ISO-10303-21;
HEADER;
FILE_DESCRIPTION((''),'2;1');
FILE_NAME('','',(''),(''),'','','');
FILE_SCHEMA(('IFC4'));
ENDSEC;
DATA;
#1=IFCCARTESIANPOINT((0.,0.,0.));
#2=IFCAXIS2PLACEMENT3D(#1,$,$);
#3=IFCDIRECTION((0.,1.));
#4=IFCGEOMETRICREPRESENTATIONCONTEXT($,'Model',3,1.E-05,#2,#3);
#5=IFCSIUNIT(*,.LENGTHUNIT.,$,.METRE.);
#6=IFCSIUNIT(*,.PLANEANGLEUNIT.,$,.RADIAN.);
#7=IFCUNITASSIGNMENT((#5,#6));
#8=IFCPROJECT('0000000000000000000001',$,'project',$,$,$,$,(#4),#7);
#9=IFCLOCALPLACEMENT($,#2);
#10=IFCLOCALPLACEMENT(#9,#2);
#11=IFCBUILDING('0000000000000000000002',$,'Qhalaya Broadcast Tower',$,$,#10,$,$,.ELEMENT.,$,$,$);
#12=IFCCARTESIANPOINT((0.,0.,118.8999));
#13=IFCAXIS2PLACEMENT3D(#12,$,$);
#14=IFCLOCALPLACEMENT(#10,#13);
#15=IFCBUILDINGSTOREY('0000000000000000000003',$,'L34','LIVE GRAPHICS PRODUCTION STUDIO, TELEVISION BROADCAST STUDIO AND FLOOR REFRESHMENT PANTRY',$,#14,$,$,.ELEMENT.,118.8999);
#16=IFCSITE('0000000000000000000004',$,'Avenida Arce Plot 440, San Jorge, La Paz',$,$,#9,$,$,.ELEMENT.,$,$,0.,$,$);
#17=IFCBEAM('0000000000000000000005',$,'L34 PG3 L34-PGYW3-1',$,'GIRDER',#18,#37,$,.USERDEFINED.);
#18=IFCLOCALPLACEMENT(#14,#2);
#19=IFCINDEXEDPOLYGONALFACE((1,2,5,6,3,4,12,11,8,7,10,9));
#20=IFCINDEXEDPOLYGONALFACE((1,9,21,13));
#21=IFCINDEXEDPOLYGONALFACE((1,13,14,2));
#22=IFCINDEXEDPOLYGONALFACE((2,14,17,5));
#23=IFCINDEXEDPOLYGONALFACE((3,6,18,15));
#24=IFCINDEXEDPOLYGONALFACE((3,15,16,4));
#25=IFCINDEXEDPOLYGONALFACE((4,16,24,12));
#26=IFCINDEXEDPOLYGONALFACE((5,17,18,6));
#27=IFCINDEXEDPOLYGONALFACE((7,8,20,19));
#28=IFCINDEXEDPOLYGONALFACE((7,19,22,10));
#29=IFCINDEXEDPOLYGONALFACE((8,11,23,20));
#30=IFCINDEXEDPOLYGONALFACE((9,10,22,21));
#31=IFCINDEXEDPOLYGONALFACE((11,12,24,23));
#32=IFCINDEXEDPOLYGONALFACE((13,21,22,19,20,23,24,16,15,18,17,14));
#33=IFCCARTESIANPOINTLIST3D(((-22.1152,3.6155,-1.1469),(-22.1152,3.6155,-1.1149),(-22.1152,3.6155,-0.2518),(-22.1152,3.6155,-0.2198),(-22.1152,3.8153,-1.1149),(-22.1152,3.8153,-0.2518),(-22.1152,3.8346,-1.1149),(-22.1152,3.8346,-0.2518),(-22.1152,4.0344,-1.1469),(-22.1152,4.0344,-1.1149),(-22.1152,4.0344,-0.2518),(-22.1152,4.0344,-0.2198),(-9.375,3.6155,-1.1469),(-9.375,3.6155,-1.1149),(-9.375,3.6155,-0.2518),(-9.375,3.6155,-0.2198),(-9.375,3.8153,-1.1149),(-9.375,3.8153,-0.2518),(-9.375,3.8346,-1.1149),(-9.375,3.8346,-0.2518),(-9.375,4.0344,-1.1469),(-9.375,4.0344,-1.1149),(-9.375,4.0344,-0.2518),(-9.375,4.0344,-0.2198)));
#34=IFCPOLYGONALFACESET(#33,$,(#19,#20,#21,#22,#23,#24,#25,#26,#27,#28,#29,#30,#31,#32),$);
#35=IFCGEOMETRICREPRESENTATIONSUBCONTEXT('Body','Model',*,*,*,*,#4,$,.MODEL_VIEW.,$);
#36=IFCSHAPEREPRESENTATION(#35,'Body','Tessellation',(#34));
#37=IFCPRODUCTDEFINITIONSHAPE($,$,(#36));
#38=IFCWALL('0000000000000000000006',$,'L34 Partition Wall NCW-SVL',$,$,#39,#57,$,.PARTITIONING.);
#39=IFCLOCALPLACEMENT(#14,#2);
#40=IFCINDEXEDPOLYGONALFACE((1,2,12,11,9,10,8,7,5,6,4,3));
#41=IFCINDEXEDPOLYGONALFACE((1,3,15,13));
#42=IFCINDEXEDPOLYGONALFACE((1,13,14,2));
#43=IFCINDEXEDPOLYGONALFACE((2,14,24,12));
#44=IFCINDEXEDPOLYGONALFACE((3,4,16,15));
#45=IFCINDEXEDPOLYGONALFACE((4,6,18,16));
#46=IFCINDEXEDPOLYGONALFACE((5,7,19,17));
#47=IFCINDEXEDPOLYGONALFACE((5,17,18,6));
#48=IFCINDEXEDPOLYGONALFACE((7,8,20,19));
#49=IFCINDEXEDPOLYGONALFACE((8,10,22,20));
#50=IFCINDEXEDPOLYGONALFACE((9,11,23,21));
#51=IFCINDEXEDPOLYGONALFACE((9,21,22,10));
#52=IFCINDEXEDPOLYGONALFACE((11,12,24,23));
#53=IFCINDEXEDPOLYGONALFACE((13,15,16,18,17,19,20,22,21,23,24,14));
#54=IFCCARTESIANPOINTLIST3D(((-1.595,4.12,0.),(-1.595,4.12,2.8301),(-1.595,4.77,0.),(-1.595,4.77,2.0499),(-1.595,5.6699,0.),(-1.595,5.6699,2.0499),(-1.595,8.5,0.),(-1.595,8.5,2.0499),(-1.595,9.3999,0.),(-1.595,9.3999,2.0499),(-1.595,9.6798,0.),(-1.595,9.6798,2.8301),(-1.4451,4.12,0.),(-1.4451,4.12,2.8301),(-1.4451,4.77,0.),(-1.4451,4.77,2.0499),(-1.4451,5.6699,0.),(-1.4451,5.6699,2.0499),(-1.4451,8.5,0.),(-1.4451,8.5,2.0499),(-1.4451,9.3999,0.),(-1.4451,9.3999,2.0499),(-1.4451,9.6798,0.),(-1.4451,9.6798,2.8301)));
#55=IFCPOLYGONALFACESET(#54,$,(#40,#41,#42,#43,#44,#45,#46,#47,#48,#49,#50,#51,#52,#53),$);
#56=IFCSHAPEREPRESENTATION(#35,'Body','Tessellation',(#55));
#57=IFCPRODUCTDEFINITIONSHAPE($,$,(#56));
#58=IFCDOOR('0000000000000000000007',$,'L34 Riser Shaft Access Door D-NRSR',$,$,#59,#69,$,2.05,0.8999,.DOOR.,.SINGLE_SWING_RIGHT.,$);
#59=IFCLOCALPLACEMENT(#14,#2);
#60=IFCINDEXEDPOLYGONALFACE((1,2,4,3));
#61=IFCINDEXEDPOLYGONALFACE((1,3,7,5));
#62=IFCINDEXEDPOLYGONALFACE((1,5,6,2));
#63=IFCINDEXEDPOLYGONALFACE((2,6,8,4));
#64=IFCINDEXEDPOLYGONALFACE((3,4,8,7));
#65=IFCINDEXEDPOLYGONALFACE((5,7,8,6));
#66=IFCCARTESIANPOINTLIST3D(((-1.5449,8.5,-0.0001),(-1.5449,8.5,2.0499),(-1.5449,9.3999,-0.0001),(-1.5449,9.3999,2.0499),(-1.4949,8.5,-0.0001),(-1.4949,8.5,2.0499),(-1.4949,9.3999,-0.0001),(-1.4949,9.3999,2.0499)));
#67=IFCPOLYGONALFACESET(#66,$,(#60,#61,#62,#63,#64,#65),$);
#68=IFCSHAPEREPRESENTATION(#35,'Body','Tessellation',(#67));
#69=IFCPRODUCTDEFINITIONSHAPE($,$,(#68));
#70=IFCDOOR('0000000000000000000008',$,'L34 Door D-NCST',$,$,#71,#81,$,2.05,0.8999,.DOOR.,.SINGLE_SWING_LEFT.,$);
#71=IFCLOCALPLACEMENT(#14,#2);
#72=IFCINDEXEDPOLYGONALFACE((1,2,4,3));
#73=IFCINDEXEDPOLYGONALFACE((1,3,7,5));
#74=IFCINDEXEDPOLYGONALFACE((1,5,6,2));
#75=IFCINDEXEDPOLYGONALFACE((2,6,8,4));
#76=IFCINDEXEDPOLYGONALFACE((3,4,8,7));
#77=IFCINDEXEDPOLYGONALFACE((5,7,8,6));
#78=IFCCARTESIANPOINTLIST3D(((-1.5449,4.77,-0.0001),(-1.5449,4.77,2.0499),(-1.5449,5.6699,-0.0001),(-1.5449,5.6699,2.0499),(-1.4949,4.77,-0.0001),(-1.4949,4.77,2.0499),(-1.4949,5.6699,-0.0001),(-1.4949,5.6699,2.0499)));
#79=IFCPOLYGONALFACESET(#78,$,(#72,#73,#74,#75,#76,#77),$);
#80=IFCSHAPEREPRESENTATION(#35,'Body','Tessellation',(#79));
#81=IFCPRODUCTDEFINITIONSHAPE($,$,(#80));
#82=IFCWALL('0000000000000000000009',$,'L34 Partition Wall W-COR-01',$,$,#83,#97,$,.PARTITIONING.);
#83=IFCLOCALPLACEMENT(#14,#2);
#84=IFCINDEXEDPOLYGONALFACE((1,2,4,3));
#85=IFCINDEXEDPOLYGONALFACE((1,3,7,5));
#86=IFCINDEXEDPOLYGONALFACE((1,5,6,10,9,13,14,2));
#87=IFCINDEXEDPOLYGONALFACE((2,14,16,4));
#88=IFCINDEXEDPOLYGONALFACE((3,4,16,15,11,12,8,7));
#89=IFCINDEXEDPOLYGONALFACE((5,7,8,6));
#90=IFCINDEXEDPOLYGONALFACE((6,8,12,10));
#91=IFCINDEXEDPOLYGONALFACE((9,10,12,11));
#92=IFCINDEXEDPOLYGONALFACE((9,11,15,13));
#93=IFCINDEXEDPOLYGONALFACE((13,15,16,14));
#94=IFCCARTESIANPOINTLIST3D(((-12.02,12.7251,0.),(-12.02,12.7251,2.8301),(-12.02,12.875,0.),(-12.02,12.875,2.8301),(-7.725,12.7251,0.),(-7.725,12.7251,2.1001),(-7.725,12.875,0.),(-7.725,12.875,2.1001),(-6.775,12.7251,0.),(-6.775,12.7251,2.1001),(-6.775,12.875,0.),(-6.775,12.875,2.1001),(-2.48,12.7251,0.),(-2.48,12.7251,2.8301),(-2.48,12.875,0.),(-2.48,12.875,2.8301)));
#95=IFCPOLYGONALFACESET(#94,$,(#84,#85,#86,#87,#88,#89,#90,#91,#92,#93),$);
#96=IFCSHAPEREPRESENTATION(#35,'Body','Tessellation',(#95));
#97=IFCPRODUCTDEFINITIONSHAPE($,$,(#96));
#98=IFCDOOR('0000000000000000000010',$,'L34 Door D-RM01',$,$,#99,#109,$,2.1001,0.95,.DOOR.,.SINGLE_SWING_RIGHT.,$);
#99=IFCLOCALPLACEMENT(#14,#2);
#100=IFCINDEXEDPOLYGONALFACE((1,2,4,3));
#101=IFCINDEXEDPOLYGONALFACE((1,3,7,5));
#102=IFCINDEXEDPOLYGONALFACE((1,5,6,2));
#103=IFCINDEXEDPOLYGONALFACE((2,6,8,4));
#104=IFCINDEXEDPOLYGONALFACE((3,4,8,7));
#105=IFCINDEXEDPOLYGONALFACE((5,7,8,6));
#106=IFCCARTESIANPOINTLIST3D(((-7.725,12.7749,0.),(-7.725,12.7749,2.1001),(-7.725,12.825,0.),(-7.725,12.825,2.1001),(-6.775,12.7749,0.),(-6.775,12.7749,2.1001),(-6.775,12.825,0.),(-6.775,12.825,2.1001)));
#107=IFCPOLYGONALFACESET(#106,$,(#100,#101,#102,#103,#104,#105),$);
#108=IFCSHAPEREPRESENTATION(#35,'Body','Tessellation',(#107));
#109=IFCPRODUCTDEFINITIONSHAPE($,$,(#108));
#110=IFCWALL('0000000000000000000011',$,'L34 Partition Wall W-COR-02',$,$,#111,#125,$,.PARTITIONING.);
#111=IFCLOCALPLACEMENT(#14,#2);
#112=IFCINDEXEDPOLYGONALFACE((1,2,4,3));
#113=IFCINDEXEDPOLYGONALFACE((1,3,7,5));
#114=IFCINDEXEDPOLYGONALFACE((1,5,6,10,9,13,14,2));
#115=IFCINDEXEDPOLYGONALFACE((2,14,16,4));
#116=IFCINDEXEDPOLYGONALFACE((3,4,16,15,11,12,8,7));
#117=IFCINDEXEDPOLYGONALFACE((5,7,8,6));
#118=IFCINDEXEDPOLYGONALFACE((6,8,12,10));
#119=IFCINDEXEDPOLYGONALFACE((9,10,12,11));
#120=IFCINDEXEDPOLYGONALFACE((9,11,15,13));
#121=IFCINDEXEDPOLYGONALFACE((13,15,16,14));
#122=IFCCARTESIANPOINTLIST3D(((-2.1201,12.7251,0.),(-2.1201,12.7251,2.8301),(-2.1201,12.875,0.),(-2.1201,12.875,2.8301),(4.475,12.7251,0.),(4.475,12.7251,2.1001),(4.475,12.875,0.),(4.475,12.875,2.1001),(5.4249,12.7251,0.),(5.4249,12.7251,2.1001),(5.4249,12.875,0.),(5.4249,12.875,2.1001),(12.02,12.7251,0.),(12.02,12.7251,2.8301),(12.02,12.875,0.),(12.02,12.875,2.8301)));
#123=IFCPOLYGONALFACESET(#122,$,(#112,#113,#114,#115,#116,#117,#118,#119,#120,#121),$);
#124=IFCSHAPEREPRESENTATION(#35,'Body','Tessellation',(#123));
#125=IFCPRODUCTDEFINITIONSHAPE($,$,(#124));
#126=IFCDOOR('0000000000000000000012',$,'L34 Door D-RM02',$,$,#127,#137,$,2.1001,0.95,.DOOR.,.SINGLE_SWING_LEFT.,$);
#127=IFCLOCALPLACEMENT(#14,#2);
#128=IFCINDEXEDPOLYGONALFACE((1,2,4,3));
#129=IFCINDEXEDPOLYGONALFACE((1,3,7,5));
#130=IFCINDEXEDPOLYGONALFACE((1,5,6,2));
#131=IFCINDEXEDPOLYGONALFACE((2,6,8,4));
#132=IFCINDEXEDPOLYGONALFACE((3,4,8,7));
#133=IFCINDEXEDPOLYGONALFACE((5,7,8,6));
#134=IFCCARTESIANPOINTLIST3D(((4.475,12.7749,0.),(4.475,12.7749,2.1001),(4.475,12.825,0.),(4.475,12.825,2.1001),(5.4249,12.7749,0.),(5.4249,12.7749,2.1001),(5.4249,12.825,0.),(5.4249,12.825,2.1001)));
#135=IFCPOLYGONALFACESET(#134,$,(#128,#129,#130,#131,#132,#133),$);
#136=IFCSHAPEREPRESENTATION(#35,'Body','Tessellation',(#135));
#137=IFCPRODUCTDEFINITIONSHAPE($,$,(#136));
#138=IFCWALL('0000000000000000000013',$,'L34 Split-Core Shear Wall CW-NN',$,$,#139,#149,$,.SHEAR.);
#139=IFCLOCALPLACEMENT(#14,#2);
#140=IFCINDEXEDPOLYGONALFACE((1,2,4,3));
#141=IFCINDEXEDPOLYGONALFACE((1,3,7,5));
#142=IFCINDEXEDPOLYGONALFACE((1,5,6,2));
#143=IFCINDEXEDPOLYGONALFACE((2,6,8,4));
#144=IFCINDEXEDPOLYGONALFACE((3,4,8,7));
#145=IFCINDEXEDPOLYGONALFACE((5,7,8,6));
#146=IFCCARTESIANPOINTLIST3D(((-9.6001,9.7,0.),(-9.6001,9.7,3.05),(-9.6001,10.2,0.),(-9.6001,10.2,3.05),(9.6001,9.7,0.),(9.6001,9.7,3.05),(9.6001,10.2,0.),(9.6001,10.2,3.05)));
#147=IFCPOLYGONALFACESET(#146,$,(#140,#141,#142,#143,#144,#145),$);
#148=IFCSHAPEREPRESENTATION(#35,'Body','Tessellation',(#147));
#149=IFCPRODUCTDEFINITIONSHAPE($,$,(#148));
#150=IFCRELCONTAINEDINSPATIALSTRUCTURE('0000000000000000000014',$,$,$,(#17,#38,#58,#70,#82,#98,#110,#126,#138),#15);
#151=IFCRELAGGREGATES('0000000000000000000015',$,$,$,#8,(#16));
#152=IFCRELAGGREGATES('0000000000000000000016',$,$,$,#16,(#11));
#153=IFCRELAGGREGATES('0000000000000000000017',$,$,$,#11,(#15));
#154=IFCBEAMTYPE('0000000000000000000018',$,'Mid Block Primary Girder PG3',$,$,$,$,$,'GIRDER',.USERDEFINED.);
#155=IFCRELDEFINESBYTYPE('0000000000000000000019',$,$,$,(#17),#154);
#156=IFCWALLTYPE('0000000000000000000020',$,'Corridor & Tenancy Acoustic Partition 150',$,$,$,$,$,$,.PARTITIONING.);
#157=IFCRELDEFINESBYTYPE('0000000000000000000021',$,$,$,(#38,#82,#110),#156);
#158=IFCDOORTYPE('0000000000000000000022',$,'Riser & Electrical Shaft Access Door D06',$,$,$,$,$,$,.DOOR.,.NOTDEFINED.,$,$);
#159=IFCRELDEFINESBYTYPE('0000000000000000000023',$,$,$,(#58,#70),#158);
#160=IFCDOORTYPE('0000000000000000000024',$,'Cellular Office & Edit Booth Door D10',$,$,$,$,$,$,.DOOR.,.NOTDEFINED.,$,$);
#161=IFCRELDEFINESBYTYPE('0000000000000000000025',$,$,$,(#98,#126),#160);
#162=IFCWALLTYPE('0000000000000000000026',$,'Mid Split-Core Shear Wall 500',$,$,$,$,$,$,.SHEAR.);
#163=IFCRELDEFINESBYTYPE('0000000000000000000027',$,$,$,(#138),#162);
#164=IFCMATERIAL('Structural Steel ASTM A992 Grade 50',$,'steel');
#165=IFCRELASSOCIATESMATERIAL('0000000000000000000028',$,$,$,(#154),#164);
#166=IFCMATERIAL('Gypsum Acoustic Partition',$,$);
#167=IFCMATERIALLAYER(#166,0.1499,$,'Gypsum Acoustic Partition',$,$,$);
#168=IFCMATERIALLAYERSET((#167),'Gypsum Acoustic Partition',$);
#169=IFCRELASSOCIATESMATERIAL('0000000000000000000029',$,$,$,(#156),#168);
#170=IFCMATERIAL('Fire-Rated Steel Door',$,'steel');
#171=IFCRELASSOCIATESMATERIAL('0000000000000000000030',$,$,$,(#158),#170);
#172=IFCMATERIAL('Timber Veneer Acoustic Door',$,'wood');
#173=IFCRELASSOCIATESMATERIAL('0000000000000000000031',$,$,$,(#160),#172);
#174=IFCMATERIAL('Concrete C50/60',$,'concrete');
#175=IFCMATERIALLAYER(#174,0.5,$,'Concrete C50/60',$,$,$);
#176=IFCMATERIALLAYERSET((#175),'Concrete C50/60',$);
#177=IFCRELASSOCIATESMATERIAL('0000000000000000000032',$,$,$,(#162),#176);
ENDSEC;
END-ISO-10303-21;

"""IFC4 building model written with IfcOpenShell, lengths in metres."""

from ifc_helpers import new_model, si_unit, direction, frame, frame_2d, origin, origin_2d, place, context, subcontext, project, spatial, rectangle, i_section, extrude, material, layer, layer_set, material_profile, profile_set, type_object, element, fill, save


model = new_model("IFC4")

# Units and contexts
model_context = context("Model", 3, precision=1e-05, world=origin(), true_north=direction((0.0, 1.0)))
body_context = subcontext(model_context, "Body", "Model", "MODEL_VIEW")
ifc_project = project(units=[si_unit("LENGTHUNIT", "METRE"), si_unit("PLANEANGLEUNIT", "RADIAN")], contexts=[model_context])

# Site, building, storey
site_placement = place(None, origin())
site = spatial("IfcSite", under=ifc_project, at=site_placement, Name="Avenida Arce Plot 440, San Jorge, La Paz", CompositionType="ELEMENT", RefElevation=0.0)
building_placement = place(site_placement, origin())
building = spatial("IfcBuilding", under=site, at=building_placement, Name="Qhalaya Broadcast Tower", CompositionType="ELEMENT")
storey_placement = place(building_placement, frame((0.0, 0.0, 118.8999)))
storey = spatial("IfcBuildingStorey", under=building, at=storey_placement, Name="L34", Description="LIVE GRAPHICS PRODUCTION STUDIO, TELEVISION BROADCAST STUDIO AND FLOOR REFRESHMENT PANTRY", CompositionType="ELEMENT", Elevation=118.8999)

# Shared definitions
ifc_material_1 = material(Name="Concrete C50/60", Category="concrete")

# Beam
ifc_material_2 = material(Name="Structural Steel ASTM A992 Grade 50", Category="steel")
ifc_material_profile_1 = material_profile(ifc_material_2, i_section(OverallWidth=0.4189, OverallDepth=0.927, WebThickness=0.0193, FlangeThickness=0.032, at=origin_2d()), Name="W36X231")
ifc_profile_set_1 = profile_set([ifc_material_profile_1], Name="Structural Steel ASTM A992 Grade 50")
beam_type_1 = type_object("IfcBeamType", Name="Mid Block Primary Girder PG3", ElementType="GIRDER", PredefinedType="USERDEFINED", material=ifc_profile_set_1)
beam_1_placement = place(storey_placement, frame((-22.1152, 3.825, -0.6833), z_axis=(1.0, 0.0, 0.0), x_axis=(0.0, 1.0, 0.0)))
element("IfcBeam", 1, at=beam_1_placement, inside=storey, type_object=beam_type_1, Name="L34 PG3 L34-PGYW3-1", ObjectType="GIRDER", PredefinedType="USERDEFINED", context=body_context, shape_type="SweptSolid", body=[
    extrude(i_section(OverallWidth=0.4189, OverallDepth=0.927, WebThickness=0.0193, FlangeThickness=0.032, at=origin_2d()), origin(), (0.0, 0.0, 1.0), 12.7402),
])

# Wall, openings, doors
ifc_material_3 = material(Name="Gypsum Acoustic Partition")
ifc_layer_1 = layer(ifc_material_3, 0.1499, Name="Gypsum Acoustic Partition")
ifc_layer_set_1 = layer_set([ifc_layer_1], Name="Gypsum Acoustic Partition")
wall_type_1 = type_object("IfcWallType", Name="Corridor & Tenancy Acoustic Partition 150", PredefinedType="PARTITIONING", material=ifc_layer_set_1)
wall_1_placement = place(storey_placement, frame((-1.52, 4.1201, 0.0), z_axis=(0.0, 0.0, 1.0), x_axis=(0.0, 1.0, 0.0)))
wall_1 = element("IfcWall", 2, at=wall_1_placement, inside=storey, type_object=wall_type_1, Name="L34 Partition Wall NCW-SVL", PredefinedType="PARTITIONING", context=body_context, shape_type="SweptSolid", body=[
    extrude(rectangle(XDim=5.5598, YDim=0.1499, at=frame_2d((2.7798, 0.0))), origin(), (0.0, 0.0, 1.0), 2.8301),
])
opening_1_placement = place(wall_1_placement, frame((4.3799, 0.0, 0.0)))
opening_1 = element("IfcOpeningElement", 3, at=opening_1_placement, cuts=wall_1, PredefinedType="OPENING", context=body_context, shape_type="SweptSolid", body=[
    extrude(rectangle(XDim=0.8999, YDim=2.05, at=frame_2d((0.45, 1.0249))), frame((0.0, 0.0869, 0.0), z_axis=(0.0, -1.0, 0.0), x_axis=(1.0, 0.0, 0.0)), (0.0, 0.0, 1.0), 0.1738),
])
opening_2_placement = place(wall_1_placement, frame((0.6499, 0.0, 0.0)))
opening_2 = element("IfcOpeningElement", 4, at=opening_2_placement, cuts=wall_1, PredefinedType="OPENING", context=body_context, shape_type="SweptSolid", body=[
    extrude(rectangle(XDim=0.8999, YDim=2.05, at=frame_2d((0.45, 1.0249))), frame((0.0, 0.0869, 0.0), z_axis=(0.0, -1.0, 0.0), x_axis=(1.0, 0.0, 0.0)), (0.0, 0.0, 1.0), 0.1738),
])
ifc_material_4 = material(Name="Fire-Rated Steel Door", Category="steel")
door_type_1 = type_object("IfcDoorType", Name="Riser & Electrical Shaft Access Door D06", OperationType="NOTDEFINED", PredefinedType="DOOR", material=ifc_material_4)
door_1_placement = place(opening_1_placement, origin())
door_1 = element("IfcDoor", 5, at=door_1_placement, inside=storey, type_object=door_type_1, Name="L34 Riser Shaft Access Door D-NRSR", OperationType="SINGLE_SWING_RIGHT", OverallHeight=2.05, OverallWidth=0.8999, PredefinedType="DOOR", context=body_context, shape_type="SweptSolid", body=[
    extrude(rectangle(XDim=0.8999, YDim=2.05, at=frame_2d((0.45, 1.0249))), frame((0.0, 0.0249, 0.0), z_axis=(0.0, -1.0, 0.0), x_axis=(1.0, 0.0, 0.0)), (0.0, 0.0, 1.0), 0.05),
])
fill(opening_1, door_1)
door_2_placement = place(opening_2_placement, origin())
door_2 = element("IfcDoor", 6, at=door_2_placement, inside=storey, type_object=door_type_1, Name="L34 Door D-NCST", OperationType="SINGLE_SWING_LEFT", OverallHeight=2.05, OverallWidth=0.8999, PredefinedType="DOOR", context=body_context, shape_type="SweptSolid", body=[
    extrude(rectangle(XDim=0.8999, YDim=2.05, at=frame_2d((0.45, 1.0249))), frame((0.0, 0.0249, 0.0), z_axis=(0.0, -1.0, 0.0), x_axis=(1.0, 0.0, 0.0)), (0.0, 0.0, 1.0), 0.05),
])
fill(opening_2, door_2)

# Walls, openings, doors
wall_2_placement = place(storey_placement, frame((-12.02, 12.8, 0.0), z_axis=(0.0, 0.0, 1.0), x_axis=(1.0, 0.0, 0.0)))
wall_2 = element("IfcWall", 7, at=wall_2_placement, inside=storey, type_object=wall_type_1, Name="L34 Partition Wall W-COR-01", PredefinedType="PARTITIONING", context=body_context, shape_type="SweptSolid", body=[
    extrude(rectangle(XDim=9.54, YDim=0.1499, at=frame_2d((4.77, 0.0))), origin(), (0.0, 0.0, 1.0), 2.8301),
])
opening_3_placement = place(wall_2_placement, frame((4.2949, 0.0, 0.0)))
opening_3 = element("IfcOpeningElement", 8, at=opening_3_placement, cuts=wall_2, PredefinedType="OPENING", context=body_context, shape_type="SweptSolid", body=[
    extrude(rectangle(XDim=0.95, YDim=2.1001, at=frame_2d((0.4751, 1.05))), frame((0.0, 0.0869, 0.0), z_axis=(0.0, -1.0, 0.0), x_axis=(1.0, 0.0, 0.0)), (0.0, 0.0, 1.0), 0.1738),
])
ifc_material_5 = material(Name="Timber Veneer Acoustic Door", Category="wood")
door_type_2 = type_object("IfcDoorType", Name="Cellular Office & Edit Booth Door D10", OperationType="NOTDEFINED", PredefinedType="DOOR", material=ifc_material_5)
door_3_placement = place(opening_3_placement, origin())
door_3 = element("IfcDoor", 9, at=door_3_placement, inside=storey, type_object=door_type_2, Name="L34 Door D-RM01", OperationType="SINGLE_SWING_RIGHT", OverallHeight=2.1001, OverallWidth=0.95, PredefinedType="DOOR", context=body_context, shape_type="SweptSolid", body=[
    extrude(rectangle(XDim=0.95, YDim=2.1001, at=frame_2d((0.4751, 1.05))), frame((0.0, 0.0249, 0.0), z_axis=(0.0, -1.0, 0.0), x_axis=(1.0, 0.0, 0.0)), (0.0, 0.0, 1.0), 0.05),
])
fill(opening_3, door_3)
wall_3_placement = place(storey_placement, frame((-2.1201, 12.8, 0.0), z_axis=(0.0, 0.0, 1.0), x_axis=(1.0, 0.0, 0.0)))
wall_3 = element("IfcWall", 10, at=wall_3_placement, inside=storey, type_object=wall_type_1, Name="L34 Partition Wall W-COR-02", PredefinedType="PARTITIONING", context=body_context, shape_type="SweptSolid", body=[
    extrude(rectangle(XDim=14.1401, YDim=0.1499, at=frame_2d((7.0701, 0.0))), origin(), (0.0, 0.0, 1.0), 2.8301),
])
opening_4_placement = place(wall_3_placement, frame((6.595, 0.0, 0.0)))
opening_4 = element("IfcOpeningElement", 11, at=opening_4_placement, cuts=wall_3, PredefinedType="OPENING", context=body_context, shape_type="SweptSolid", body=[
    extrude(rectangle(XDim=0.95, YDim=2.1001, at=frame_2d((0.4751, 1.05))), frame((0.0, 0.0869, 0.0), z_axis=(0.0, -1.0, 0.0), x_axis=(1.0, 0.0, 0.0)), (0.0, 0.0, 1.0), 0.1738),
])
door_4_placement = place(opening_4_placement, origin())
door_4 = element("IfcDoor", 12, at=door_4_placement, inside=storey, type_object=door_type_2, Name="L34 Door D-RM02", OperationType="SINGLE_SWING_LEFT", OverallHeight=2.1001, OverallWidth=0.95, PredefinedType="DOOR", context=body_context, shape_type="SweptSolid", body=[
    extrude(rectangle(XDim=0.95, YDim=2.1001, at=frame_2d((0.4751, 1.05))), frame((0.0, 0.0249, 0.0), z_axis=(0.0, -1.0, 0.0), x_axis=(1.0, 0.0, 0.0)), (0.0, 0.0, 1.0), 0.05),
])
fill(opening_4, door_4)

# Wall
ifc_layer_2 = layer(ifc_material_1, 0.5, Name="Concrete C50/60")
ifc_layer_set_2 = layer_set([ifc_layer_2], Name="Concrete C50/60")
wall_type_2 = type_object("IfcWallType", Name="Mid Split-Core Shear Wall 500", PredefinedType="SHEAR", material=ifc_layer_set_2)
wall_4_placement = place(storey_placement, frame((-9.6001, 9.95, 0.0), z_axis=(0.0, 0.0, 1.0), x_axis=(1.0, 0.0, 0.0)))
element("IfcWall", 13, at=wall_4_placement, inside=storey, type_object=wall_type_2, Name="L34 Split-Core Shear Wall CW-NN", PredefinedType="SHEAR", context=body_context, shape_type="SweptSolid", body=[
    extrude(rectangle(XDim=19.2002, YDim=0.5, at=frame_2d((9.6001, 0.0))), origin(), (0.0, 0.0, 1.0), 3.05),
])

save(model, "model.ifc")
